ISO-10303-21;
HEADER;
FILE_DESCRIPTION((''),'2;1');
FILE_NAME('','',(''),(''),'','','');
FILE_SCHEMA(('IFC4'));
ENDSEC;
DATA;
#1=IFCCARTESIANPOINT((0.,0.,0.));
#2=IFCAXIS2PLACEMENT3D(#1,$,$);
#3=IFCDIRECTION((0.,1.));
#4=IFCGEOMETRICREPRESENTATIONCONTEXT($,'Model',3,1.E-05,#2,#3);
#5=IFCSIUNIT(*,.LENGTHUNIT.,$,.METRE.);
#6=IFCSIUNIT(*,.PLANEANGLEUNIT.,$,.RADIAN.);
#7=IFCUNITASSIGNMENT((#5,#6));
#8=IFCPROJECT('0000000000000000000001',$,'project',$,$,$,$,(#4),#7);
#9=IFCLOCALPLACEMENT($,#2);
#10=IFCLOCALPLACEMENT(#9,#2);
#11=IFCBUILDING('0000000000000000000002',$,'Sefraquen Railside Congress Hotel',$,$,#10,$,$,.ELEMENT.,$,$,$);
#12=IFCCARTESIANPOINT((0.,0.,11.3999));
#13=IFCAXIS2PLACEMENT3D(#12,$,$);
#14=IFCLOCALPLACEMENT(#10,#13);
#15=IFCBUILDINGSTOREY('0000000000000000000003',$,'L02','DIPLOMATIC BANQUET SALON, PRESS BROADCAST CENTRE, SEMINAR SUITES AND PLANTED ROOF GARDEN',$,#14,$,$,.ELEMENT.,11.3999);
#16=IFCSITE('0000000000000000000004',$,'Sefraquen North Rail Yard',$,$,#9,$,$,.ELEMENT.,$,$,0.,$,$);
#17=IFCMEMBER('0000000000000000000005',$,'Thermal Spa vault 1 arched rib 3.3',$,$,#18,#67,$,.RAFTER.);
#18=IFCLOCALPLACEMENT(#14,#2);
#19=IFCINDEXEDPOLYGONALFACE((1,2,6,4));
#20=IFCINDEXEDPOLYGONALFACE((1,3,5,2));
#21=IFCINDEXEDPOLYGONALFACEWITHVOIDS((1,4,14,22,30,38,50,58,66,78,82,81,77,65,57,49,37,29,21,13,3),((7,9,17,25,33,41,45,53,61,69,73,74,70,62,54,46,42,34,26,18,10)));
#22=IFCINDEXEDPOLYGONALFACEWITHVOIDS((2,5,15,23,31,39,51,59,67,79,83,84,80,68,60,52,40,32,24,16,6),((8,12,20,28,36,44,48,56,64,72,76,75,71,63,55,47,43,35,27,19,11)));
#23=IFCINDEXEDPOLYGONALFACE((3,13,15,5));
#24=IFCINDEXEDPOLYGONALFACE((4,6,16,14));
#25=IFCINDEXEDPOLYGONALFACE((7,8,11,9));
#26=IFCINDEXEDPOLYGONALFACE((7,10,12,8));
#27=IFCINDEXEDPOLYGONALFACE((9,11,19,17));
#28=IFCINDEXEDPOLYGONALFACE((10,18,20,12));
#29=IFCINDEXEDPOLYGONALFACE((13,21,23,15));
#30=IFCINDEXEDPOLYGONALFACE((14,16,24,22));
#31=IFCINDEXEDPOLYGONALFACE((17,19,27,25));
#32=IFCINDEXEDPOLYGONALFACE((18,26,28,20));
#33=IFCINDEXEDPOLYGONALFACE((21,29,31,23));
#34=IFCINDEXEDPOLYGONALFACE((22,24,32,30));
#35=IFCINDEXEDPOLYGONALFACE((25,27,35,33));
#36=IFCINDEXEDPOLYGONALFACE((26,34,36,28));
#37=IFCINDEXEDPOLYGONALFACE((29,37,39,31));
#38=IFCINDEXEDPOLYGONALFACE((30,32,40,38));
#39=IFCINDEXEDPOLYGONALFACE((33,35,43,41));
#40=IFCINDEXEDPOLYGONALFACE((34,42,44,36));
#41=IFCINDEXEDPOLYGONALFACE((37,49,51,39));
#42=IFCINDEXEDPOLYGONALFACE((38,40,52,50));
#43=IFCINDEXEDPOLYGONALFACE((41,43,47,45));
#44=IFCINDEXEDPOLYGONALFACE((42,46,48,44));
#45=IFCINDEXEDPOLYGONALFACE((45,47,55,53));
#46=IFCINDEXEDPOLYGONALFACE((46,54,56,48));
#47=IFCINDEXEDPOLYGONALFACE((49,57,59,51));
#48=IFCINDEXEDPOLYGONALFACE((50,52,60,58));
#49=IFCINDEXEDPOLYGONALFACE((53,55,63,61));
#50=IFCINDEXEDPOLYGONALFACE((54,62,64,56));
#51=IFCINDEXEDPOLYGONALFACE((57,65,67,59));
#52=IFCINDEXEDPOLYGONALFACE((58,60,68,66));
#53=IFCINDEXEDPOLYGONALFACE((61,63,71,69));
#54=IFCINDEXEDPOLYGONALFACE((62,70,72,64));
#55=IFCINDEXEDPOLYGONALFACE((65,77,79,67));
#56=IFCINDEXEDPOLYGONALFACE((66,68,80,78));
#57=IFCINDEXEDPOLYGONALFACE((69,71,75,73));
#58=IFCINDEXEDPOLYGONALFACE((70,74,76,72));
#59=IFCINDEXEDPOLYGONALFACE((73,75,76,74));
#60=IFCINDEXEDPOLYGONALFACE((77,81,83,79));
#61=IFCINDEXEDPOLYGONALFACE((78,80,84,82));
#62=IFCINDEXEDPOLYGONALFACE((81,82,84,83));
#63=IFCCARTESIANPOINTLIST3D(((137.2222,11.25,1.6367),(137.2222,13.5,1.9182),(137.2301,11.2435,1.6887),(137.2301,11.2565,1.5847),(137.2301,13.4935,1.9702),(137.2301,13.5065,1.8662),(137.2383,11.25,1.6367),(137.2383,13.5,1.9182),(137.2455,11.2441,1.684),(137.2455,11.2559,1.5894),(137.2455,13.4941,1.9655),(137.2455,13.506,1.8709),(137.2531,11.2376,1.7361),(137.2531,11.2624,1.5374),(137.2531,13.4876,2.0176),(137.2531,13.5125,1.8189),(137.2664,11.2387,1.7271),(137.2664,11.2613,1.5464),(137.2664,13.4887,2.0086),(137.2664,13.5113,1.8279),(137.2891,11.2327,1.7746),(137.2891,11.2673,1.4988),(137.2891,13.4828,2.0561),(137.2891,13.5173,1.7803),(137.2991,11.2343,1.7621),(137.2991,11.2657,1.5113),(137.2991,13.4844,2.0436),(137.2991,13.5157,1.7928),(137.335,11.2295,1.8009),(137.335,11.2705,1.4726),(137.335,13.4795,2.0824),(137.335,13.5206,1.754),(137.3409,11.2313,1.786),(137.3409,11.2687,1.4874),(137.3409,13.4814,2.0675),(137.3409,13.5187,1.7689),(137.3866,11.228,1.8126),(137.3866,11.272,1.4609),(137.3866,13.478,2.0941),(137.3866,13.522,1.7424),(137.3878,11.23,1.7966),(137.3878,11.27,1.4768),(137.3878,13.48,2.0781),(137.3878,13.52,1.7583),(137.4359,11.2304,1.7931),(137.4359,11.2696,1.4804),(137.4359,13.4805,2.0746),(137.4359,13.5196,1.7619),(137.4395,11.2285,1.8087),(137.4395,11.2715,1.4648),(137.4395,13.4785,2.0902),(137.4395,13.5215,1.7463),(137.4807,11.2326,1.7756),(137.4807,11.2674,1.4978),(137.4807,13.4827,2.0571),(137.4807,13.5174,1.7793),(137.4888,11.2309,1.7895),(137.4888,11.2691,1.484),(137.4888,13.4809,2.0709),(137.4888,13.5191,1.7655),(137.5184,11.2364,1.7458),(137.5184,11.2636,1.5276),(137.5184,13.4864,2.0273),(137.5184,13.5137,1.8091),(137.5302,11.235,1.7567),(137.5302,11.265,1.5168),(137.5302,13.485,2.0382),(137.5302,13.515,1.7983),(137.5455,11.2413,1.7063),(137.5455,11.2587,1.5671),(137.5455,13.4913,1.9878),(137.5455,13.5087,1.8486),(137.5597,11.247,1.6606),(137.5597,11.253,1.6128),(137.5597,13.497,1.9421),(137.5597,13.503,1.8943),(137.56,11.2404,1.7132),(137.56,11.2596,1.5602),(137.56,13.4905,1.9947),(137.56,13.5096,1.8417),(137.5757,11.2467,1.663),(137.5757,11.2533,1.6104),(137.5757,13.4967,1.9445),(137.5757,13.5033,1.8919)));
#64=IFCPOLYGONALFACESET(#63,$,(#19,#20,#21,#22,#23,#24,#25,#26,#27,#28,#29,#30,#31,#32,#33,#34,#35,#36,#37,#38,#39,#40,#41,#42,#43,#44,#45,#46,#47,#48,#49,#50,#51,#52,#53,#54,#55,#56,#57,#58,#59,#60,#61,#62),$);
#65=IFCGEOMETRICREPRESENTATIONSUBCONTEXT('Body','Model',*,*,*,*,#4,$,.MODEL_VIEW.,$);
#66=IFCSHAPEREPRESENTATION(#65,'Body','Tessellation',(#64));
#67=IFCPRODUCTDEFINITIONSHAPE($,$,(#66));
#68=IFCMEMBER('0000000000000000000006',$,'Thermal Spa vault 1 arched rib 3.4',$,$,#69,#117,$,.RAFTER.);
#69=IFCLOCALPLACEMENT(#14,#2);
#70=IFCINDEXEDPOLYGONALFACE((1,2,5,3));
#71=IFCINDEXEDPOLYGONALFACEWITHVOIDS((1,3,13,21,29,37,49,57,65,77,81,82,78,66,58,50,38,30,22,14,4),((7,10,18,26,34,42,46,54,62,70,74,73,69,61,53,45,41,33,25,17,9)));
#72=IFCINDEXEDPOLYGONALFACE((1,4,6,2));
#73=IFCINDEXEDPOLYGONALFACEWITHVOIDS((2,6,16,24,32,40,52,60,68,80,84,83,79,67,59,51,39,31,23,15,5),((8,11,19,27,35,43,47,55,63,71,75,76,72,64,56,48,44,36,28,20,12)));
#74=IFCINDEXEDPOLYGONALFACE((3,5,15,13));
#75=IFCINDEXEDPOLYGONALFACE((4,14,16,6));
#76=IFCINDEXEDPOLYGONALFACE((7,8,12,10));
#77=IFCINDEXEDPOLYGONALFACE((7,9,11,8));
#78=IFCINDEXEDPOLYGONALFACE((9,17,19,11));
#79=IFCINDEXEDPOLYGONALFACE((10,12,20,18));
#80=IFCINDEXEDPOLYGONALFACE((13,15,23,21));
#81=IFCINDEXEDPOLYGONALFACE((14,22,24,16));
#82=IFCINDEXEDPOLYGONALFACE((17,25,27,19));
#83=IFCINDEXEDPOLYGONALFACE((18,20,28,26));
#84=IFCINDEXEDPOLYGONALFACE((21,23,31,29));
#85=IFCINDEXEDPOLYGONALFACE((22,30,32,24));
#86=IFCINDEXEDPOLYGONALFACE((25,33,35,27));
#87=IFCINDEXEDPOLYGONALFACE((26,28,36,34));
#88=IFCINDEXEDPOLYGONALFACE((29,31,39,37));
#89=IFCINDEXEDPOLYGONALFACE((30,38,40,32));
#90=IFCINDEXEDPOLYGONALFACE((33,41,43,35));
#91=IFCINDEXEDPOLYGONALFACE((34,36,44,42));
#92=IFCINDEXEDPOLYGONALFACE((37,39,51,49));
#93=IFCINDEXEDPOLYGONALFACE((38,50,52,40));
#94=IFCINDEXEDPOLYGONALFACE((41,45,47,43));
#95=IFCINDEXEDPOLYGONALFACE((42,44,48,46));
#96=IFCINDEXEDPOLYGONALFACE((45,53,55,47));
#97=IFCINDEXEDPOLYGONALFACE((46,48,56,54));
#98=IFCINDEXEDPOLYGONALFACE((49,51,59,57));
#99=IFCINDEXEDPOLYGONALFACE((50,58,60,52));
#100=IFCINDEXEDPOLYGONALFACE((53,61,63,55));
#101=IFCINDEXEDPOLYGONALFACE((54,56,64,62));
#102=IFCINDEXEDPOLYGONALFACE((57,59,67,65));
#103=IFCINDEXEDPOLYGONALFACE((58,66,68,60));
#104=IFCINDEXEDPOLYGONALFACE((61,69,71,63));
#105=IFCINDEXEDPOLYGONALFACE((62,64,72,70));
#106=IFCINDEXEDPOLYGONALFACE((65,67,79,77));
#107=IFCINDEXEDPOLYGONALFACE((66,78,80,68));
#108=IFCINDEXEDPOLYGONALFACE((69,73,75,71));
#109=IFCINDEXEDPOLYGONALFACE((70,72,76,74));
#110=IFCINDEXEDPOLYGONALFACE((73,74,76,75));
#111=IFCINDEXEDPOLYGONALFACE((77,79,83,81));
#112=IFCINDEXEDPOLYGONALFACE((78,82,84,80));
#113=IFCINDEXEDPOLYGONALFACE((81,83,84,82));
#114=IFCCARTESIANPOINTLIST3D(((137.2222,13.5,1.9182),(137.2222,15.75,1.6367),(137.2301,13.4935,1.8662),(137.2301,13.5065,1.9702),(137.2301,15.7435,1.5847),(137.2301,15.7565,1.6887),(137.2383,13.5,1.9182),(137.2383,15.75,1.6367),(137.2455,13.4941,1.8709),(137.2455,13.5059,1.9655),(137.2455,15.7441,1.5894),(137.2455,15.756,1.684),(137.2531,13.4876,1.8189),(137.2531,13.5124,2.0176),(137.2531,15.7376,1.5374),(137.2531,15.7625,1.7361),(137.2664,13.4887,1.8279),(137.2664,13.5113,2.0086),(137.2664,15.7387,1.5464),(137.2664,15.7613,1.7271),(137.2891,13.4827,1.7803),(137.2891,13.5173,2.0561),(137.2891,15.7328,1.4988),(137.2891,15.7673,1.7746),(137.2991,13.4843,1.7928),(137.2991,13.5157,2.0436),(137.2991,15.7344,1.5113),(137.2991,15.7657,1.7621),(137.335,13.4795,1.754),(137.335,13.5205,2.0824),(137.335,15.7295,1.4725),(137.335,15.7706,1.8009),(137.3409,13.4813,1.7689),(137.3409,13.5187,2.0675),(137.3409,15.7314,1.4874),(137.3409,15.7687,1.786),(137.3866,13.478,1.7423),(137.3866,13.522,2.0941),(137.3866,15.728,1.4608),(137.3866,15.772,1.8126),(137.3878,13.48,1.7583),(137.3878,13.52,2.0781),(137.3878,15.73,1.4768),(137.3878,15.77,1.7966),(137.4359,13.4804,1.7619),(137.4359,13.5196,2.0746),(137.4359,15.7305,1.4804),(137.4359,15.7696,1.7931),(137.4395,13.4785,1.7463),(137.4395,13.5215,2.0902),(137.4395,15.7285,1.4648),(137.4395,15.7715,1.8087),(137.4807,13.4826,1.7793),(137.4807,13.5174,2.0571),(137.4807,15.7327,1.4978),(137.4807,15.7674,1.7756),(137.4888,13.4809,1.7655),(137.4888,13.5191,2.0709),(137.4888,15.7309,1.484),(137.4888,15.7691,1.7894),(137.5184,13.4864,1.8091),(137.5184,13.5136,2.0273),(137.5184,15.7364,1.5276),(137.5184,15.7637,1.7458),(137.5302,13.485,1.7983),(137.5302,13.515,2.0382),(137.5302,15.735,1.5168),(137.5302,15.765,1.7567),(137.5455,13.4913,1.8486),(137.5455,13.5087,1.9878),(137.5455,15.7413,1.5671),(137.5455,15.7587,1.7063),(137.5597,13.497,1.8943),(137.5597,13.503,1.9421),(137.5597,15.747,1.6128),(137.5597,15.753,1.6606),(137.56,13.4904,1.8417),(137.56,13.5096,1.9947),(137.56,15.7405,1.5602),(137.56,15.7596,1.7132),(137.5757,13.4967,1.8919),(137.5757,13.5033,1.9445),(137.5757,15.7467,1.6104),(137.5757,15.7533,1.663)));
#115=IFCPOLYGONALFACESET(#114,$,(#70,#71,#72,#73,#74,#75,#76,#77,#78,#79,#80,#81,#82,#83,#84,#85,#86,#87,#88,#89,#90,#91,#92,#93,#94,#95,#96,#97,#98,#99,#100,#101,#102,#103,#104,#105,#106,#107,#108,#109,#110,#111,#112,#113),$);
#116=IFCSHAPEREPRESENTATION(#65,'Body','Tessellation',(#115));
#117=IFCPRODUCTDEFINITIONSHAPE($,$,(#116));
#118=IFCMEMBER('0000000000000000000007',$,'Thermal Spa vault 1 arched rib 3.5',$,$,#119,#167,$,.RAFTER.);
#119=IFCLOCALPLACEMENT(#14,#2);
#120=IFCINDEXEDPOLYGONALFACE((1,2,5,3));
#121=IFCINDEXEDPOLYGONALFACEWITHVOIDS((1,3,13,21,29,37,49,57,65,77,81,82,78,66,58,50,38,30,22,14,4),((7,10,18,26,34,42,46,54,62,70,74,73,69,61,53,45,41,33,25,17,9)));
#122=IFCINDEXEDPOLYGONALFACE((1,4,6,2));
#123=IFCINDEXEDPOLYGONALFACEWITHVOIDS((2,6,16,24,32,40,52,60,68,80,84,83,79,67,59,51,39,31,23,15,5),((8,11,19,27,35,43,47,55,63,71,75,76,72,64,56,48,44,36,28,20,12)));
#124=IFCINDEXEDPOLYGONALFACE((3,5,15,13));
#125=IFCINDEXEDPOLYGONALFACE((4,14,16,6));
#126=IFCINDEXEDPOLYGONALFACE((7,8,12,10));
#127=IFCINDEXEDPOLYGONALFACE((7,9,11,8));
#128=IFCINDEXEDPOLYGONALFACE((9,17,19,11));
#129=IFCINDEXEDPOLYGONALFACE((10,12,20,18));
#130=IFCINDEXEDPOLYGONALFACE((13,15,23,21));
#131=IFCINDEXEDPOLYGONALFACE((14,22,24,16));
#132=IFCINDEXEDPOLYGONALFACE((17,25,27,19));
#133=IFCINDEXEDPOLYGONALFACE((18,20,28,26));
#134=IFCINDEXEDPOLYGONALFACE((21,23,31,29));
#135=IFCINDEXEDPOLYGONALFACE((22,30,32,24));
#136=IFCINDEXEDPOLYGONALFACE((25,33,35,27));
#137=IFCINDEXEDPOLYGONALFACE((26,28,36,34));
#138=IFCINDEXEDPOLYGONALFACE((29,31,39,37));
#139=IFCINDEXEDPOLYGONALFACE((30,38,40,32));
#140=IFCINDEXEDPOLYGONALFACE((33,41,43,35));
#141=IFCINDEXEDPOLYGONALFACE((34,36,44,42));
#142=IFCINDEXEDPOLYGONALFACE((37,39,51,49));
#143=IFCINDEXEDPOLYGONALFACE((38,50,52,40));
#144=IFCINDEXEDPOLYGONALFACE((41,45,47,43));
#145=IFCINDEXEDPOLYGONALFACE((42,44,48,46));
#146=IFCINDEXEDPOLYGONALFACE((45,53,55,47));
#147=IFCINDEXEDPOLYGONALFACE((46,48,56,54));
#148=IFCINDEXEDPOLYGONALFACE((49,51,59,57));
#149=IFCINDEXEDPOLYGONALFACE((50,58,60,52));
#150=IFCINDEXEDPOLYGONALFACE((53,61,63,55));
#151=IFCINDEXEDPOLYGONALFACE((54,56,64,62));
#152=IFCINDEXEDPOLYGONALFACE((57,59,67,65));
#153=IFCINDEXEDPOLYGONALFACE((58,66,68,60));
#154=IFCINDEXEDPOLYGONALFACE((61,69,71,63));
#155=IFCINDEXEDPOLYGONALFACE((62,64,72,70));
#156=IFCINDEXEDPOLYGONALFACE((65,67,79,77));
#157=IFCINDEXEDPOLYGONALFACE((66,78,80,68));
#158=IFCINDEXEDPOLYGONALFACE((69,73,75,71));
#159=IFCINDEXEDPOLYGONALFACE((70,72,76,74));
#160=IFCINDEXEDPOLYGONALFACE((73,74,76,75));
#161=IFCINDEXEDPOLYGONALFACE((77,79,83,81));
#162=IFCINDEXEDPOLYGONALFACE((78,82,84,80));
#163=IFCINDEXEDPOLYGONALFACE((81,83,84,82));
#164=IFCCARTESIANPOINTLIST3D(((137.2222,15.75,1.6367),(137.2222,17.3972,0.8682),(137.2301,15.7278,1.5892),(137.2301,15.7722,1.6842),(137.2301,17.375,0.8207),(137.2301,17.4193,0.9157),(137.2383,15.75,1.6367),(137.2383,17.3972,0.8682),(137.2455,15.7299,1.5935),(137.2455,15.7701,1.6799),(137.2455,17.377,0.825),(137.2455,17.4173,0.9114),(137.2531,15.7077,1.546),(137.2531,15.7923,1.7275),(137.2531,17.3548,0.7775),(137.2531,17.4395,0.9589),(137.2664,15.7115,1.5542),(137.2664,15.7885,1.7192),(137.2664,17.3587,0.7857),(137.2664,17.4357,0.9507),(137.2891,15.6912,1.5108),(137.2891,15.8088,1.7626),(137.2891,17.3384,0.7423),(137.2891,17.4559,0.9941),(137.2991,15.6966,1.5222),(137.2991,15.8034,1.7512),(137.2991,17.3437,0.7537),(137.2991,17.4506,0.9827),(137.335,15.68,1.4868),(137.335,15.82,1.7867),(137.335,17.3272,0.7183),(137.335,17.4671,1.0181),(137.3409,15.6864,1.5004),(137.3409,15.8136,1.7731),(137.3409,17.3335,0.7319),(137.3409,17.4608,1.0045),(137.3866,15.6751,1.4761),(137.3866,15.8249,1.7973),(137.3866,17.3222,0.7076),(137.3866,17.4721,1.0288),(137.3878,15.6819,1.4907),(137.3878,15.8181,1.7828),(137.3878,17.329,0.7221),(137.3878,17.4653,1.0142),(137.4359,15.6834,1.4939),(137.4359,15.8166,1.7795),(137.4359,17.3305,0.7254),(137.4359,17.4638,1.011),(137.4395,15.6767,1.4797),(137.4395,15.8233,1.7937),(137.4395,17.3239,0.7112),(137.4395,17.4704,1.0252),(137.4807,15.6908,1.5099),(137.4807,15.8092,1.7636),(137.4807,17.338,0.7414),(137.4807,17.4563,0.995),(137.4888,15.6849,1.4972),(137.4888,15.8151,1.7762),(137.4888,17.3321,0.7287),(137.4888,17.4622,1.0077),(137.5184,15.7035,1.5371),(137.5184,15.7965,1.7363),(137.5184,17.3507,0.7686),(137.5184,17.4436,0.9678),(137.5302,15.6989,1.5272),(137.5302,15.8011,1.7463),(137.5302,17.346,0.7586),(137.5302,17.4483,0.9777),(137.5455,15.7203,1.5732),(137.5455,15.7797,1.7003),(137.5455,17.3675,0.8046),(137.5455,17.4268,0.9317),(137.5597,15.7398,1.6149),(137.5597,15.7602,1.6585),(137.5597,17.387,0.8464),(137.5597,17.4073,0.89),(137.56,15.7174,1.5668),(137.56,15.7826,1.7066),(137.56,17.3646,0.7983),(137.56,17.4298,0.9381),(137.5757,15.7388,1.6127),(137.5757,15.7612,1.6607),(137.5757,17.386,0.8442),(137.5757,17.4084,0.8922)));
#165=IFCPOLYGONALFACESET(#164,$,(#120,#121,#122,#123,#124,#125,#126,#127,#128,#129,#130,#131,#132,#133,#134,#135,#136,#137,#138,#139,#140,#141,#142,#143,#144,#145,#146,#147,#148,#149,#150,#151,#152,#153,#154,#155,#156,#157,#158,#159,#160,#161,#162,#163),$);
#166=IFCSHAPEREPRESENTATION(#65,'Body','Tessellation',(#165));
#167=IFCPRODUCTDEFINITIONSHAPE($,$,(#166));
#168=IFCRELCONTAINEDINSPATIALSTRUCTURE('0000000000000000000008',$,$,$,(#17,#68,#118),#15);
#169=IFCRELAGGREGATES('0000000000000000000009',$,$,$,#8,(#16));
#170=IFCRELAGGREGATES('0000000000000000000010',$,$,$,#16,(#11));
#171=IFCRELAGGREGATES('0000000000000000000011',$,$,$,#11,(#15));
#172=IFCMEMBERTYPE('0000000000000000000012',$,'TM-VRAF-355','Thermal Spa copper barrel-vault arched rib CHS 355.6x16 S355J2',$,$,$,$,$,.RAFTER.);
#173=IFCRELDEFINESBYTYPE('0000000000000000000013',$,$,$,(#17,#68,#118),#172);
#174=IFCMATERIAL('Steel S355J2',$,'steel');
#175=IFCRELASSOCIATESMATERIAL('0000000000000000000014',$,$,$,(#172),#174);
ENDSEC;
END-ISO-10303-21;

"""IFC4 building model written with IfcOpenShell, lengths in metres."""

from ifc_helpers import new_model, si_unit, direction, frame, origin, origin_2d, place, context, subcontext, project, spatial, hollow_circle, extrude, material, material_profile, profile_set, type_object, element, save


model = new_model("IFC4")

# Units and contexts
model_context = context("Model", 3, precision=1e-05, world=origin(), true_north=direction((0.0, 1.0)))
body_context = subcontext(model_context, "Body", "Model", "MODEL_VIEW")
ifc_project = project(units=[si_unit("LENGTHUNIT", "METRE"), si_unit("PLANEANGLEUNIT", "RADIAN")], contexts=[model_context])

# Site, building, storey
site_placement = place(None, origin())
site = spatial("IfcSite", under=ifc_project, at=site_placement, Name="Sefraquen North Rail Yard", CompositionType="ELEMENT", RefElevation=0.0)
building_placement = place(site_placement, origin())
building = spatial("IfcBuilding", under=site, at=building_placement, Name="Sefraquen Railside Congress Hotel", CompositionType="ELEMENT")
storey_placement = place(building_placement, frame((0.0, 0.0, 11.3999)))
storey = spatial("IfcBuildingStorey", under=building, at=storey_placement, Name="L02", Description="DIPLOMATIC BANQUET SALON, PRESS BROADCAST CENTRE, SEMINAR SUITES AND PLANTED ROOF GARDEN", CompositionType="ELEMENT", Elevation=11.3999)

# Members
ifc_material_1 = material(Name="Steel S355J2", Category="steel")
ifc_material_profile_1 = material_profile(ifc_material_1, hollow_circle(Radius=0.1777, WallThickness=0.0161, at=origin_2d()), Name="CHS 355.6x16")
ifc_profile_set_1 = profile_set([ifc_material_profile_1], Name="Steel S355J2")
member_type = type_object("IfcMemberType", Name="TM-VRAF-355", Description="Thermal Spa copper barrel-vault arched rib CHS 355.6x16 S355J2", PredefinedType="RAFTER", material=ifc_profile_set_1)
for number, where, z_axis, x_axis, name in (
    (1, (137.3999, 11.25, 1.6367), (0.0, 0.992265, 0.124141), (-1.0, 0.0, 0.0), "Thermal Spa vault 1 arched rib 3.3"),
    (2, (137.3999, 13.5, 1.9182), (0.0, 0.992265, -0.124141), (-1.0, 0.0, 0.0), "Thermal Spa vault 1 arched rib 3.4"),
):
    element("IfcMember", number, at=place(storey_placement, frame(where, z_axis=z_axis, x_axis=x_axis)), inside=storey, type_object=member_type, Name=name, PredefinedType="RAFTER", context=body_context, shape_type="SweptSolid", body=[
        extrude(hollow_circle(Radius=0.1777, WallThickness=0.0161, at=origin_2d()), origin(), (0.0, 0.0, 1.0), 2.2676),
    ])
member_1_placement = place(storey_placement, frame((137.3999, 15.75, 1.6367), z_axis=(0.0, 0.906214, -0.422819), x_axis=(-1.0, 0.0, 0.0)))
element("IfcMember", 3, at=member_1_placement, inside=storey, type_object=member_type, Name="Thermal Spa vault 1 arched rib 3.5", PredefinedType="RAFTER", context=body_context, shape_type="SweptSolid", body=[
    extrude(hollow_circle(Radius=0.1777, WallThickness=0.0161, at=origin_2d()), origin(), (0.0, 0.0, 1.0), 1.8176),
])

save(model, "model.ifc")
